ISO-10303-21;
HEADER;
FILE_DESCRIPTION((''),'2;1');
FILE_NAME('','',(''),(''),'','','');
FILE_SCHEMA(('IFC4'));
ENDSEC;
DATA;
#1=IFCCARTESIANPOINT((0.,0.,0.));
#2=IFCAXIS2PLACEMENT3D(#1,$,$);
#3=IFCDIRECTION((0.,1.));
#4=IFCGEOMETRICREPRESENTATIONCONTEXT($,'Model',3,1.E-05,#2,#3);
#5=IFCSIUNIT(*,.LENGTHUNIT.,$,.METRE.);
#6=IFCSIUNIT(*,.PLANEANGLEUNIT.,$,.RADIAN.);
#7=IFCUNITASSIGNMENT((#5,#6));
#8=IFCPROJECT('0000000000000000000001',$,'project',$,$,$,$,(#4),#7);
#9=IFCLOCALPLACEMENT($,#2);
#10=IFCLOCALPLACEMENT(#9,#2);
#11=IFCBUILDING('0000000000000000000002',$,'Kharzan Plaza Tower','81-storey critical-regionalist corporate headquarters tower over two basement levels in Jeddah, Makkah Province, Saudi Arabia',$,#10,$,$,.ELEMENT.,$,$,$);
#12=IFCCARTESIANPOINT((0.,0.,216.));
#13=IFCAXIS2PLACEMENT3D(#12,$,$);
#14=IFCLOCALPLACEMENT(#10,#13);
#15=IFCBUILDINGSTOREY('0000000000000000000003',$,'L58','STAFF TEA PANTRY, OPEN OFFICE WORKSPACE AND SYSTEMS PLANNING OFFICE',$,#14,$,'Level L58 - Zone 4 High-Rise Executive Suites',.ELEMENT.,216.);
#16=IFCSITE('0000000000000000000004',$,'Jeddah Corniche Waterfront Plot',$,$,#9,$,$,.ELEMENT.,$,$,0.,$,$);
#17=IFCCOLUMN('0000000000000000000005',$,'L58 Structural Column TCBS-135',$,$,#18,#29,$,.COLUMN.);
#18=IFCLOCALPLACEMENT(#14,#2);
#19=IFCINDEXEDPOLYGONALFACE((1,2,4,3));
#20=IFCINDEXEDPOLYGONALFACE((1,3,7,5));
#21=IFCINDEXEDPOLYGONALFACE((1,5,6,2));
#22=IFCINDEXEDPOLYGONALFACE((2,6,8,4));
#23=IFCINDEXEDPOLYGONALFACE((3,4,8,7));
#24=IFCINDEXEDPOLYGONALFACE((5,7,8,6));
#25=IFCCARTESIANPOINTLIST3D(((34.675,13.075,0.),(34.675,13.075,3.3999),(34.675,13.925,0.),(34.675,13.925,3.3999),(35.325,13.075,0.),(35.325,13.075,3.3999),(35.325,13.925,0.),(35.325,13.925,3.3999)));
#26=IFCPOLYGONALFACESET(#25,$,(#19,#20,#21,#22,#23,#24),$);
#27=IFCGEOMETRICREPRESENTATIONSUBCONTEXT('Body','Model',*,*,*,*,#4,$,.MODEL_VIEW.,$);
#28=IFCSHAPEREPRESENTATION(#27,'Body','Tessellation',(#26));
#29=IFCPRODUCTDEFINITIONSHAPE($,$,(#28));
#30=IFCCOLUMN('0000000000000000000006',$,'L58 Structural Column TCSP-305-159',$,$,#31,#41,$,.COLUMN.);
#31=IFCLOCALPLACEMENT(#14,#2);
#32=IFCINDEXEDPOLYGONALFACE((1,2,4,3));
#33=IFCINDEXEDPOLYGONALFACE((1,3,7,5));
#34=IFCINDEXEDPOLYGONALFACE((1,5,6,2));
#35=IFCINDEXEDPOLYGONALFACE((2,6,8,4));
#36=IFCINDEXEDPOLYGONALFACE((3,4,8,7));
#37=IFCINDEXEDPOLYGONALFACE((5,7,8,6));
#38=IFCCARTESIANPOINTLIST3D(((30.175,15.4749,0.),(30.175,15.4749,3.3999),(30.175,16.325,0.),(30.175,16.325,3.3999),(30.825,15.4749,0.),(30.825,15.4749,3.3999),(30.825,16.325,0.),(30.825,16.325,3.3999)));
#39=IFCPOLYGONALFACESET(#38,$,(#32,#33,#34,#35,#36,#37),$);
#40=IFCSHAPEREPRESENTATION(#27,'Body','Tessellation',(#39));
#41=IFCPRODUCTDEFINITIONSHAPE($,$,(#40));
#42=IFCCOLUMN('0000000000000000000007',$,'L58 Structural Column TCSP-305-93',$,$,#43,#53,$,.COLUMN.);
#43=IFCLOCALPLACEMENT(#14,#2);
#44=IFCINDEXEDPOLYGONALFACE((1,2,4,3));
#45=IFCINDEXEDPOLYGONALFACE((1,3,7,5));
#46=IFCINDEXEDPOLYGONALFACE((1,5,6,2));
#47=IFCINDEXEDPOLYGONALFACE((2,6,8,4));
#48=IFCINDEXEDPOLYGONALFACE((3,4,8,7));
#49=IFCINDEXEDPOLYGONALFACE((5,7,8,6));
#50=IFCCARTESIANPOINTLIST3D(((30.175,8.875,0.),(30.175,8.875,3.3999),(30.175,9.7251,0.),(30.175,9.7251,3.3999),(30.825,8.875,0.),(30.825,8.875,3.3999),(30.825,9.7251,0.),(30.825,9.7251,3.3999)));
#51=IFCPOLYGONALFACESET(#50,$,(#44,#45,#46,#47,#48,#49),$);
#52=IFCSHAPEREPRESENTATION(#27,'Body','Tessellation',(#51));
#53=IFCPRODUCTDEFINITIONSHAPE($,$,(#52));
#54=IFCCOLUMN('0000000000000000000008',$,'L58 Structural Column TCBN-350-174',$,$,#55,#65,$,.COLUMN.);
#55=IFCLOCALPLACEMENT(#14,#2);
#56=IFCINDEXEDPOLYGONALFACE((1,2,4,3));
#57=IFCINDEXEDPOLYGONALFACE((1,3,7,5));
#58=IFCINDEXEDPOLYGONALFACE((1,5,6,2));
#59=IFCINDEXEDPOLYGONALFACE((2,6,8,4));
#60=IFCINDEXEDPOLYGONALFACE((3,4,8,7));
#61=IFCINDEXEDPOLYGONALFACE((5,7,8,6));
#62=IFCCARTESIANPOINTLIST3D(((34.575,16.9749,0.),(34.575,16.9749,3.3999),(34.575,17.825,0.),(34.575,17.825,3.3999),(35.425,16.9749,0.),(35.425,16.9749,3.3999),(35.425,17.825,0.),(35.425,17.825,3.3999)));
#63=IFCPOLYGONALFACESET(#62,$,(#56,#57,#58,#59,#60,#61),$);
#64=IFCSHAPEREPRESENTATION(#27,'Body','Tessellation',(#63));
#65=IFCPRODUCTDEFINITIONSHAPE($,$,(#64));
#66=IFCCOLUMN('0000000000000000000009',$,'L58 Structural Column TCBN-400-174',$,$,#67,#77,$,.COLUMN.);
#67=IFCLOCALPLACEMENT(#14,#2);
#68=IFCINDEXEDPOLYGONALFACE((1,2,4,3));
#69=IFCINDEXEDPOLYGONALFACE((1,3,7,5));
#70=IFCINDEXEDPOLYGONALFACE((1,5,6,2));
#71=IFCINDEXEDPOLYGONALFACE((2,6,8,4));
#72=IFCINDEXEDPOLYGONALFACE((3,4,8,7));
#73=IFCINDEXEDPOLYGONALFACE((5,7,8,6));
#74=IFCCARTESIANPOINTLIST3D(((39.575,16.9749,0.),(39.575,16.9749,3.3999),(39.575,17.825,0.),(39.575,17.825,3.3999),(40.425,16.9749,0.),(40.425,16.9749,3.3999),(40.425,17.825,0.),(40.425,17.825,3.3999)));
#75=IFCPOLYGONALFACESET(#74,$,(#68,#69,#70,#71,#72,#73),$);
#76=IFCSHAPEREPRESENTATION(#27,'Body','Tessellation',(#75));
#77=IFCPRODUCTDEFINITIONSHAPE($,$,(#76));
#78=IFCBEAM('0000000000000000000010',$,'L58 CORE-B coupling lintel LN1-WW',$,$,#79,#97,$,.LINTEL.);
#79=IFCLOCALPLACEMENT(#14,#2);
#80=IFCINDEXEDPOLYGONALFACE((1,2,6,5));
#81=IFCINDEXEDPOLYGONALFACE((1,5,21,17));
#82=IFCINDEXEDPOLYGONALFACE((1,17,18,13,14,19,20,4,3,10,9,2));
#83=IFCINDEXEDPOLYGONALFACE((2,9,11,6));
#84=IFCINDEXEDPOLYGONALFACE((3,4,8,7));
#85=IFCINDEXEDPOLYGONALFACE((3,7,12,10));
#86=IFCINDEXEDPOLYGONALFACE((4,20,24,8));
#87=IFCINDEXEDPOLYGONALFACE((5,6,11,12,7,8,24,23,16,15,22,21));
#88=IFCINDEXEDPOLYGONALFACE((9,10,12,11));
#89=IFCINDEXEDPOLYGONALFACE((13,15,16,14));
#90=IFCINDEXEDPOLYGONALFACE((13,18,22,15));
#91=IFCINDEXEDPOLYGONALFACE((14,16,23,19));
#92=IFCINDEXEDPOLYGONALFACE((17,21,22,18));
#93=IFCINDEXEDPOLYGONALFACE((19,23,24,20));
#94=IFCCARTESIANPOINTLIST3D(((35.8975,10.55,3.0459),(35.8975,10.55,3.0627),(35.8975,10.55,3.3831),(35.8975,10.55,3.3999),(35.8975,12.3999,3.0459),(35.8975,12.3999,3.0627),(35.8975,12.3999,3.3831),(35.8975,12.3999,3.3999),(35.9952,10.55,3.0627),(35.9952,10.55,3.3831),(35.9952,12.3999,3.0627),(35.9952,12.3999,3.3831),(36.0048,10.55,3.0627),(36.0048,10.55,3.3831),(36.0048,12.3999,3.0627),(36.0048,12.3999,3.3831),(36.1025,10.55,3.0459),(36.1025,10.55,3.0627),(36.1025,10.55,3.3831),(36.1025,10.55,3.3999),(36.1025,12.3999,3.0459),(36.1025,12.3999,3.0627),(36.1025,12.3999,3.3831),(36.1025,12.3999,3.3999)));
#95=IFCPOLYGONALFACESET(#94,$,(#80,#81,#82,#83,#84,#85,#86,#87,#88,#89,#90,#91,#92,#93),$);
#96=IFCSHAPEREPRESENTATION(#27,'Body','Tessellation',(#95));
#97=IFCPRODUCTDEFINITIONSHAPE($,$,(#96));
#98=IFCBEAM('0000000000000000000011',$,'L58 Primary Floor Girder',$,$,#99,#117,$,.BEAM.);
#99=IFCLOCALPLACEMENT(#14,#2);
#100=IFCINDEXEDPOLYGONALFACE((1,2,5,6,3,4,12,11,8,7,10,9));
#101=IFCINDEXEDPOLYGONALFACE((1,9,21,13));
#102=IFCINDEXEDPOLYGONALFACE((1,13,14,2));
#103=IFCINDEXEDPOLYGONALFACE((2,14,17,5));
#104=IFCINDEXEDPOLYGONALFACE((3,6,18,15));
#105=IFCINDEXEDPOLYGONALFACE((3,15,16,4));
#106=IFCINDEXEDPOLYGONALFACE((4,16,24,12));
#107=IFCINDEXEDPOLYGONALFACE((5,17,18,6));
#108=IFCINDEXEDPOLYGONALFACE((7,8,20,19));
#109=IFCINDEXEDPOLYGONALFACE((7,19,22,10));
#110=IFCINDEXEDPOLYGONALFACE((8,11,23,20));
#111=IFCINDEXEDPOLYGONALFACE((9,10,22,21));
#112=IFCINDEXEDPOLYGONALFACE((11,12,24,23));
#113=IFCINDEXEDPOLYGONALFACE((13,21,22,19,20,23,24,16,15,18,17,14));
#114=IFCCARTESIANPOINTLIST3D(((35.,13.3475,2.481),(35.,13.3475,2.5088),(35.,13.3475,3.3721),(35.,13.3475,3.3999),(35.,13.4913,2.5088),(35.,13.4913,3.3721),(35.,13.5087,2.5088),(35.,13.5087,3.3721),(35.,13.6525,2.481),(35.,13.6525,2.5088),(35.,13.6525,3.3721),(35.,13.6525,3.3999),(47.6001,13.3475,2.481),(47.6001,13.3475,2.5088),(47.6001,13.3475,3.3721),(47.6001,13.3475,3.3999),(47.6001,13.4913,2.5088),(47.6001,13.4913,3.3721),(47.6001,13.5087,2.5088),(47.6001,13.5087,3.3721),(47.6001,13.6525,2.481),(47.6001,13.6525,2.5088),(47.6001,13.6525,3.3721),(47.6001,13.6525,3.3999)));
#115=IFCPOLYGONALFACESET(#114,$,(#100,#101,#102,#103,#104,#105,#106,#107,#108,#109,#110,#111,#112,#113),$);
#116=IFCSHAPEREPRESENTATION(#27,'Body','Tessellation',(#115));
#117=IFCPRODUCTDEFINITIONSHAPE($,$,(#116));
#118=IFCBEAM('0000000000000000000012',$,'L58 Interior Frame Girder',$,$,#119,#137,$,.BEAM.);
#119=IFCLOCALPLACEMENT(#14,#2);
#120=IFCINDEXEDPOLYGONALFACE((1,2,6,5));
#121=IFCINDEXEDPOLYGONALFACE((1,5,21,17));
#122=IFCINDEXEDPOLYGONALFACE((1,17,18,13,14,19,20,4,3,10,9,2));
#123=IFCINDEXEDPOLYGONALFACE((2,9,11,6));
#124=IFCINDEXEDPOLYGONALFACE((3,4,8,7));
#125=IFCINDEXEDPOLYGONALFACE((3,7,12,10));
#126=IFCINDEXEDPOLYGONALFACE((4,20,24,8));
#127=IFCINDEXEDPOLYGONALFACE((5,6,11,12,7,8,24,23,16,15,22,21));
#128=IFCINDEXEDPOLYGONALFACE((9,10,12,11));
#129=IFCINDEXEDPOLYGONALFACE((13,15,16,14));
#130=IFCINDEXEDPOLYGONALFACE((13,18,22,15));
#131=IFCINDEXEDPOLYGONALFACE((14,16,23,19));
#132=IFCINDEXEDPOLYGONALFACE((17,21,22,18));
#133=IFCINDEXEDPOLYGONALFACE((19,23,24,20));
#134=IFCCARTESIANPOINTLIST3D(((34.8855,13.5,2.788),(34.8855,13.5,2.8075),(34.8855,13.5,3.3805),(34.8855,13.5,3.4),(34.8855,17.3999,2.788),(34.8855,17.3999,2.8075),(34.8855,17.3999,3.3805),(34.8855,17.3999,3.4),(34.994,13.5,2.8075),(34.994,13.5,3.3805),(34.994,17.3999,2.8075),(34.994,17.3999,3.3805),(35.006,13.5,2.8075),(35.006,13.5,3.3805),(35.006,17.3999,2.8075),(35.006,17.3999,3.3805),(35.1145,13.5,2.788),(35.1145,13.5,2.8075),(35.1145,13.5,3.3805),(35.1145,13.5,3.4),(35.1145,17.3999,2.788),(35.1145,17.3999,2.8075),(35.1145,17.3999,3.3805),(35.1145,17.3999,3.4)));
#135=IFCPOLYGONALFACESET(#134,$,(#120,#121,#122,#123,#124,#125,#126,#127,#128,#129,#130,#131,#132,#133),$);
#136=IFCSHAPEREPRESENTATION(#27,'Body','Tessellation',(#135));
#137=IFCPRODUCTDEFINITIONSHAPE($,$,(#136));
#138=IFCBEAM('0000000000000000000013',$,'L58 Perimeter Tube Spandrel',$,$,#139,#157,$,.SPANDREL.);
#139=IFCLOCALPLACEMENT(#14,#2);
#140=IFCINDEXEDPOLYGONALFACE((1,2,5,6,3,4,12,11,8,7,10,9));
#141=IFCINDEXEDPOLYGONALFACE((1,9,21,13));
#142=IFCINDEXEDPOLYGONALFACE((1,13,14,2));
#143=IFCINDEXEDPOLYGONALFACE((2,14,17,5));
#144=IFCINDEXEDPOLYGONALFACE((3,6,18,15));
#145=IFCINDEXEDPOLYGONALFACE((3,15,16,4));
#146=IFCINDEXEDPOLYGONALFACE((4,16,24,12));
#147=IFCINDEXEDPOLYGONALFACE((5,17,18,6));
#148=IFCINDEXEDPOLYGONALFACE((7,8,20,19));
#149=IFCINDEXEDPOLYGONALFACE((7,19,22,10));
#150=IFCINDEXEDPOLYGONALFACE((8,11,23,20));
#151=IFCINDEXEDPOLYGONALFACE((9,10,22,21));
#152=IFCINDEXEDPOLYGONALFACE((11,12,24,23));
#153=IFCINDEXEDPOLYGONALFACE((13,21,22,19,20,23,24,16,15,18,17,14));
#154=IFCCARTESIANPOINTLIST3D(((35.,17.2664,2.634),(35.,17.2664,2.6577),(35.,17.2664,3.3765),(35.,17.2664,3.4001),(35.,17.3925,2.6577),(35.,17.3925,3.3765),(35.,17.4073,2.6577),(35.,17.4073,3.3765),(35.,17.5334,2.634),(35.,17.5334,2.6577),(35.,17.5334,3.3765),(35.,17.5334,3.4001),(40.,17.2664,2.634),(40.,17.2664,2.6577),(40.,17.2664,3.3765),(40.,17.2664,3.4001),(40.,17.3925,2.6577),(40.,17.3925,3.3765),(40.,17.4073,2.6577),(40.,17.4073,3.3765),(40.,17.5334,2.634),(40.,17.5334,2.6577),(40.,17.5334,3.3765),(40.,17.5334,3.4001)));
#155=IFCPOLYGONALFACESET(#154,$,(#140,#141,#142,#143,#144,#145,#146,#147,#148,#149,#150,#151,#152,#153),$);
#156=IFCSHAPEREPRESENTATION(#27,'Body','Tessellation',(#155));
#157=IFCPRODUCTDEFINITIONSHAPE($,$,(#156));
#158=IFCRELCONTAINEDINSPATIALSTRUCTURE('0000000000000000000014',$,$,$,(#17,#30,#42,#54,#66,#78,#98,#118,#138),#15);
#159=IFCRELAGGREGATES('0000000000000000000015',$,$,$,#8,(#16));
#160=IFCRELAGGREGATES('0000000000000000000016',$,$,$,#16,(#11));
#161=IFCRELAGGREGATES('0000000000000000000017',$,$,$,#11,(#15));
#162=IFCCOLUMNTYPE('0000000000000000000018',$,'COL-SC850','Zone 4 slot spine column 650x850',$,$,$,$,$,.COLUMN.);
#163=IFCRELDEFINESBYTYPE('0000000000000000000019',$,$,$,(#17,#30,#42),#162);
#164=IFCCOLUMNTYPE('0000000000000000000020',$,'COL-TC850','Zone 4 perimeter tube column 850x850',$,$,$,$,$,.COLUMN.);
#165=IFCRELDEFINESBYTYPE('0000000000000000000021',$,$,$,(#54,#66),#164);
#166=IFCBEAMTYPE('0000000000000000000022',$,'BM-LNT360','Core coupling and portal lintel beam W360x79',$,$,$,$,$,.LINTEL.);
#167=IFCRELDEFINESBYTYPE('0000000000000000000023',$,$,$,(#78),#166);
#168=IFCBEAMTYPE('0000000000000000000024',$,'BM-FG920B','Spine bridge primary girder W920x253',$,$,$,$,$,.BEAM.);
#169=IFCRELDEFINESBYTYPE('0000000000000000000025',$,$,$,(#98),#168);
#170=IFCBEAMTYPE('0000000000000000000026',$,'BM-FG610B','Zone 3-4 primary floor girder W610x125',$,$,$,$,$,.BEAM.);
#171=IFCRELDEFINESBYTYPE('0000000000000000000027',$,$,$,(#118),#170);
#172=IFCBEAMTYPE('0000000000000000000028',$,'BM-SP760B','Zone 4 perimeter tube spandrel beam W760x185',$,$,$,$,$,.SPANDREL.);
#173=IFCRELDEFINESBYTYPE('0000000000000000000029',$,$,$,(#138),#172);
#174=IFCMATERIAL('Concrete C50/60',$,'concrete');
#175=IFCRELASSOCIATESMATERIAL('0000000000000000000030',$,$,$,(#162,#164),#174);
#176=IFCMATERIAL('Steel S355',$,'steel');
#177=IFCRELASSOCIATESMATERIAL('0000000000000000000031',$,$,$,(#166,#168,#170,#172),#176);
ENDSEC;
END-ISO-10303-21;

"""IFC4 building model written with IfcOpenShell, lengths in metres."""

from ifc_helpers import new_model, si_unit, direction, frame, origin, origin_2d, place, context, subcontext, project, spatial, rectangle, i_section, extrude, source, transform, mapped, material, material_profile, profile_set, type_object, element, save


model = new_model("IFC4")

# Units and contexts
model_context = context("Model", 3, precision=1e-05, world=origin(), true_north=direction((0.0, 1.0)))
body_context = subcontext(model_context, "Body", "Model", "MODEL_VIEW")
ifc_project = project(units=[si_unit("LENGTHUNIT", "METRE"), si_unit("PLANEANGLEUNIT", "RADIAN")], contexts=[model_context])

# Site, building, storey
site_placement = place(None, origin())
site = spatial("IfcSite", under=ifc_project, at=site_placement, Name="Jeddah Corniche Waterfront Plot", CompositionType="ELEMENT", RefElevation=0.0)
building_placement = place(site_placement, origin())
building = spatial("IfcBuilding", under=site, at=building_placement, Name="Kharzan Plaza Tower", Description="81-storey critical-regionalist corporate headquarters tower over two basement levels in Jeddah, Makkah Province, Saudi Arabia", CompositionType="ELEMENT")
storey_placement = place(building_placement, frame((0.0, 0.0, 216.0)))
storey = spatial("IfcBuildingStorey", under=building, at=storey_placement, Name="L58", Description="STAFF TEA PANTRY, OPEN OFFICE WORKSPACE AND SYSTEMS PLANNING OFFICE", LongName="Level L58 - Zone 4 High-Rise Executive Suites", CompositionType="ELEMENT", Elevation=216.0)

# Columns
ifc_material_1 = material(Name="Concrete C50/60", Category="concrete")
ifc_material_profile_1 = material_profile(ifc_material_1, rectangle(XDim=0.6499, YDim=0.8501, at=origin_2d()), Name="RC-SC850x650")
ifc_profile_set_1 = profile_set([ifc_material_profile_1], Name="Concrete C50/60")
column_type_1 = type_object("IfcColumnType", Name="COL-SC850", Description="Zone 4 slot spine column 650x850", PredefinedType="COLUMN", material=ifc_profile_set_1)
shared_shape_1 = source(origin(), body_context, "Body", "SweptSolid", [
    extrude(rectangle(XDim=0.6499, YDim=0.8501, at=origin_2d()), origin(), (0.0, 0.0, 1.0), 3.3999),
])
for number, where, z_axis, x_axis, name in (
    (1, (35.0, 13.5, 0.0), (0.0, 0.0, 1.0), (1.0, 0.0, 0.0), "L58 Structural Column TCBS-135"),
    (2, (30.5, 15.8999, 0.0), (0.0, 0.0, 1.0), (1.0, 0.0, 0.0), "L58 Structural Column TCSP-305-159"),
    (3, (30.5, 9.3, 0.0), (0.0, 0.0, 1.0), (1.0, 0.0, 0.0), "L58 Structural Column TCSP-305-93"),
):
    element("IfcColumn", number, at=place(storey_placement, frame(where, z_axis=z_axis, x_axis=x_axis)), inside=storey, type_object=column_type_1, Name=name, PredefinedType="COLUMN", context=body_context, shape_type="MappedRepresentation", body=[
        mapped(shared_shape_1, transform((0.0, 0.0, 0.0), x_axis=(1.0, 0.0, 0.0), y_axis=(0.0, 1.0, 0.0), z_axis=(0.0, 0.0, 1.0))),
    ])
ifc_material_profile_2 = material_profile(ifc_material_1, rectangle(XDim=0.8501, YDim=0.8501, at=origin_2d()), Name="RC-TC850x850")
ifc_profile_set_2 = profile_set([ifc_material_profile_2], Name="Concrete C50/60")
column_type_2 = type_object("IfcColumnType", Name="COL-TC850", Description="Zone 4 perimeter tube column 850x850", PredefinedType="COLUMN", material=ifc_profile_set_2)
shared_shape_2 = source(origin(), body_context, "Body", "SweptSolid", [
    extrude(rectangle(XDim=0.8501, YDim=0.8501, at=origin_2d()), origin(), (0.0, 0.0, 1.0), 3.3999),
])
for number, where, z_axis, x_axis, name in (
    (4, (35.0, 17.3999, 0.0), (0.0, 0.0, 1.0), (1.0, 0.0, 0.0), "L58 Structural Column TCBN-350-174"),
    (5, (40.0, 17.3999, 0.0), (0.0, 0.0, 1.0), (1.0, 0.0, 0.0), "L58 Structural Column TCBN-400-174"),
):
    element("IfcColumn", number, at=place(storey_placement, frame(where, z_axis=z_axis, x_axis=x_axis)), inside=storey, type_object=column_type_2, Name=name, PredefinedType="COLUMN", context=body_context, shape_type="MappedRepresentation", body=[
        mapped(shared_shape_2, transform((0.0, 0.0, 0.0), x_axis=(1.0, 0.0, 0.0), y_axis=(0.0, 1.0, 0.0), z_axis=(0.0, 0.0, 1.0))),
    ])

# Beams
ifc_material_2 = material(Name="Steel S355", Category="steel")
ifc_material_profile_3 = material_profile(ifc_material_2, i_section(OverallWidth=0.2051, OverallDepth=0.354, WebThickness=0.0095, FlangeThickness=0.0168, at=origin_2d()), Name="W360x79")
ifc_profile_set_3 = profile_set([ifc_material_profile_3], Name="Steel S355")
beam_type_1 = type_object("IfcBeamType", Name="BM-LNT360", Description="Core coupling and portal lintel beam W360x79", PredefinedType="LINTEL", material=ifc_profile_set_3)
shared_shape_3 = source(origin(), body_context, "Body", "SweptSolid", [
    extrude(i_section(OverallWidth=0.2051, OverallDepth=0.354, WebThickness=0.0095, FlangeThickness=0.0168, at=origin_2d()), origin(), (0.0, 0.0, 1.0), 1.8499),
])
beam_1_placement = place(storey_placement, frame((36.0, 10.55, 3.2229), z_axis=(0.0, 1.0, 0.0), x_axis=(-1.0, 0.0, 0.0)))
element("IfcBeam", 6, at=beam_1_placement, inside=storey, type_object=beam_type_1, Name="L58 CORE-B coupling lintel LN1-WW", PredefinedType="LINTEL", context=body_context, shape_type="MappedRepresentation", body=[
    mapped(shared_shape_3, transform((0.0, 0.0, 0.0), x_axis=(1.0, 0.0, 0.0), y_axis=(0.0, 1.0, 0.0), z_axis=(0.0, 0.0, 1.0))),
])
ifc_material_profile_4 = material_profile(ifc_material_2, i_section(OverallWidth=0.3049, OverallDepth=0.9189, WebThickness=0.0173, FlangeThickness=0.0278, at=origin_2d()), Name="W920x253")
ifc_profile_set_4 = profile_set([ifc_material_profile_4], Name="Steel S355")
beam_type_2 = type_object("IfcBeamType", Name="BM-FG920B", Description="Spine bridge primary girder W920x253", PredefinedType="BEAM", material=ifc_profile_set_4)
shared_shape_4 = source(origin(), body_context, "Body", "SweptSolid", [
    extrude(i_section(OverallWidth=0.3049, OverallDepth=0.9189, WebThickness=0.0173, FlangeThickness=0.0278, at=origin_2d()), origin(), (0.0, 0.0, 1.0), 12.6001),
])
beam_2_placement = place(storey_placement, frame((35.0, 13.5, 2.9404), z_axis=(1.0, 0.0, 0.0), x_axis=(0.0, 1.0, 0.0)))
element("IfcBeam", 7, at=beam_2_placement, inside=storey, type_object=beam_type_2, Name="L58 Primary Floor Girder", PredefinedType="BEAM", context=body_context, shape_type="MappedRepresentation", body=[
    mapped(shared_shape_4, transform((0.0, 0.0, 0.0), x_axis=(1.0, 0.0, 0.0), y_axis=(0.0, 1.0, 0.0), z_axis=(0.0, 0.0, 1.0))),
])
ifc_material_profile_5 = material_profile(ifc_material_2, i_section(OverallWidth=0.229, OverallDepth=0.6121, WebThickness=0.012, FlangeThickness=0.0195, at=origin_2d()), Name="W610x125")
ifc_profile_set_5 = profile_set([ifc_material_profile_5], Name="Steel S355")
beam_type_3 = type_object("IfcBeamType", Name="BM-FG610B", Description="Zone 3-4 primary floor girder W610x125", PredefinedType="BEAM", material=ifc_profile_set_5)
shared_shape_5 = source(origin(), body_context, "Body", "SweptSolid", [
    extrude(i_section(OverallWidth=0.229, OverallDepth=0.6121, WebThickness=0.012, FlangeThickness=0.0195, at=origin_2d()), origin(), (0.0, 0.0, 1.0), 3.8999),
])
beam_3_placement = place(storey_placement, frame((35.0, 13.5, 3.094), z_axis=(0.0, 1.0, 0.0), x_axis=(-1.0, 0.0, 0.0)))
element("IfcBeam", 8, at=beam_3_placement, inside=storey, type_object=beam_type_3, Name="L58 Interior Frame Girder", PredefinedType="BEAM", context=body_context, shape_type="MappedRepresentation", body=[
    mapped(shared_shape_5, transform((0.0, 0.0, 0.0), x_axis=(1.0, 0.0, 0.0), y_axis=(0.0, 1.0, 0.0), z_axis=(0.0, 0.0, 1.0))),
])
ifc_material_profile_6 = material_profile(ifc_material_2, i_section(OverallWidth=0.2671, OverallDepth=0.7661, WebThickness=0.0149, FlangeThickness=0.0237, at=origin_2d()), Name="W760x185")
ifc_profile_set_6 = profile_set([ifc_material_profile_6], Name="Steel S355")
beam_type_4 = type_object("IfcBeamType", Name="BM-SP760B", Description="Zone 4 perimeter tube spandrel beam W760x185", PredefinedType="SPANDREL", material=ifc_profile_set_6)
shared_shape_6 = source(origin(), body_context, "Body", "SweptSolid", [
    extrude(i_section(OverallWidth=0.2671, OverallDepth=0.7661, WebThickness=0.0149, FlangeThickness=0.0237, at=origin_2d()), origin(), (0.0, 0.0, 1.0), 5.0),
])
beam_4_placement = place(storey_placement, frame((35.0, 17.3999, 3.0171), z_axis=(1.0, 0.0, 0.0), x_axis=(0.0, 1.0, 0.0)))
element("IfcBeam", 9, at=beam_4_placement, inside=storey, type_object=beam_type_4, Name="L58 Perimeter Tube Spandrel", PredefinedType="SPANDREL", context=body_context, shape_type="MappedRepresentation", body=[
    mapped(shared_shape_6, transform((0.0, 0.0, 0.0), x_axis=(1.0, 0.0, 0.0), y_axis=(0.0, 1.0, 0.0), z_axis=(0.0, 0.0, 1.0))),
])

save(model, "model.ifc")
